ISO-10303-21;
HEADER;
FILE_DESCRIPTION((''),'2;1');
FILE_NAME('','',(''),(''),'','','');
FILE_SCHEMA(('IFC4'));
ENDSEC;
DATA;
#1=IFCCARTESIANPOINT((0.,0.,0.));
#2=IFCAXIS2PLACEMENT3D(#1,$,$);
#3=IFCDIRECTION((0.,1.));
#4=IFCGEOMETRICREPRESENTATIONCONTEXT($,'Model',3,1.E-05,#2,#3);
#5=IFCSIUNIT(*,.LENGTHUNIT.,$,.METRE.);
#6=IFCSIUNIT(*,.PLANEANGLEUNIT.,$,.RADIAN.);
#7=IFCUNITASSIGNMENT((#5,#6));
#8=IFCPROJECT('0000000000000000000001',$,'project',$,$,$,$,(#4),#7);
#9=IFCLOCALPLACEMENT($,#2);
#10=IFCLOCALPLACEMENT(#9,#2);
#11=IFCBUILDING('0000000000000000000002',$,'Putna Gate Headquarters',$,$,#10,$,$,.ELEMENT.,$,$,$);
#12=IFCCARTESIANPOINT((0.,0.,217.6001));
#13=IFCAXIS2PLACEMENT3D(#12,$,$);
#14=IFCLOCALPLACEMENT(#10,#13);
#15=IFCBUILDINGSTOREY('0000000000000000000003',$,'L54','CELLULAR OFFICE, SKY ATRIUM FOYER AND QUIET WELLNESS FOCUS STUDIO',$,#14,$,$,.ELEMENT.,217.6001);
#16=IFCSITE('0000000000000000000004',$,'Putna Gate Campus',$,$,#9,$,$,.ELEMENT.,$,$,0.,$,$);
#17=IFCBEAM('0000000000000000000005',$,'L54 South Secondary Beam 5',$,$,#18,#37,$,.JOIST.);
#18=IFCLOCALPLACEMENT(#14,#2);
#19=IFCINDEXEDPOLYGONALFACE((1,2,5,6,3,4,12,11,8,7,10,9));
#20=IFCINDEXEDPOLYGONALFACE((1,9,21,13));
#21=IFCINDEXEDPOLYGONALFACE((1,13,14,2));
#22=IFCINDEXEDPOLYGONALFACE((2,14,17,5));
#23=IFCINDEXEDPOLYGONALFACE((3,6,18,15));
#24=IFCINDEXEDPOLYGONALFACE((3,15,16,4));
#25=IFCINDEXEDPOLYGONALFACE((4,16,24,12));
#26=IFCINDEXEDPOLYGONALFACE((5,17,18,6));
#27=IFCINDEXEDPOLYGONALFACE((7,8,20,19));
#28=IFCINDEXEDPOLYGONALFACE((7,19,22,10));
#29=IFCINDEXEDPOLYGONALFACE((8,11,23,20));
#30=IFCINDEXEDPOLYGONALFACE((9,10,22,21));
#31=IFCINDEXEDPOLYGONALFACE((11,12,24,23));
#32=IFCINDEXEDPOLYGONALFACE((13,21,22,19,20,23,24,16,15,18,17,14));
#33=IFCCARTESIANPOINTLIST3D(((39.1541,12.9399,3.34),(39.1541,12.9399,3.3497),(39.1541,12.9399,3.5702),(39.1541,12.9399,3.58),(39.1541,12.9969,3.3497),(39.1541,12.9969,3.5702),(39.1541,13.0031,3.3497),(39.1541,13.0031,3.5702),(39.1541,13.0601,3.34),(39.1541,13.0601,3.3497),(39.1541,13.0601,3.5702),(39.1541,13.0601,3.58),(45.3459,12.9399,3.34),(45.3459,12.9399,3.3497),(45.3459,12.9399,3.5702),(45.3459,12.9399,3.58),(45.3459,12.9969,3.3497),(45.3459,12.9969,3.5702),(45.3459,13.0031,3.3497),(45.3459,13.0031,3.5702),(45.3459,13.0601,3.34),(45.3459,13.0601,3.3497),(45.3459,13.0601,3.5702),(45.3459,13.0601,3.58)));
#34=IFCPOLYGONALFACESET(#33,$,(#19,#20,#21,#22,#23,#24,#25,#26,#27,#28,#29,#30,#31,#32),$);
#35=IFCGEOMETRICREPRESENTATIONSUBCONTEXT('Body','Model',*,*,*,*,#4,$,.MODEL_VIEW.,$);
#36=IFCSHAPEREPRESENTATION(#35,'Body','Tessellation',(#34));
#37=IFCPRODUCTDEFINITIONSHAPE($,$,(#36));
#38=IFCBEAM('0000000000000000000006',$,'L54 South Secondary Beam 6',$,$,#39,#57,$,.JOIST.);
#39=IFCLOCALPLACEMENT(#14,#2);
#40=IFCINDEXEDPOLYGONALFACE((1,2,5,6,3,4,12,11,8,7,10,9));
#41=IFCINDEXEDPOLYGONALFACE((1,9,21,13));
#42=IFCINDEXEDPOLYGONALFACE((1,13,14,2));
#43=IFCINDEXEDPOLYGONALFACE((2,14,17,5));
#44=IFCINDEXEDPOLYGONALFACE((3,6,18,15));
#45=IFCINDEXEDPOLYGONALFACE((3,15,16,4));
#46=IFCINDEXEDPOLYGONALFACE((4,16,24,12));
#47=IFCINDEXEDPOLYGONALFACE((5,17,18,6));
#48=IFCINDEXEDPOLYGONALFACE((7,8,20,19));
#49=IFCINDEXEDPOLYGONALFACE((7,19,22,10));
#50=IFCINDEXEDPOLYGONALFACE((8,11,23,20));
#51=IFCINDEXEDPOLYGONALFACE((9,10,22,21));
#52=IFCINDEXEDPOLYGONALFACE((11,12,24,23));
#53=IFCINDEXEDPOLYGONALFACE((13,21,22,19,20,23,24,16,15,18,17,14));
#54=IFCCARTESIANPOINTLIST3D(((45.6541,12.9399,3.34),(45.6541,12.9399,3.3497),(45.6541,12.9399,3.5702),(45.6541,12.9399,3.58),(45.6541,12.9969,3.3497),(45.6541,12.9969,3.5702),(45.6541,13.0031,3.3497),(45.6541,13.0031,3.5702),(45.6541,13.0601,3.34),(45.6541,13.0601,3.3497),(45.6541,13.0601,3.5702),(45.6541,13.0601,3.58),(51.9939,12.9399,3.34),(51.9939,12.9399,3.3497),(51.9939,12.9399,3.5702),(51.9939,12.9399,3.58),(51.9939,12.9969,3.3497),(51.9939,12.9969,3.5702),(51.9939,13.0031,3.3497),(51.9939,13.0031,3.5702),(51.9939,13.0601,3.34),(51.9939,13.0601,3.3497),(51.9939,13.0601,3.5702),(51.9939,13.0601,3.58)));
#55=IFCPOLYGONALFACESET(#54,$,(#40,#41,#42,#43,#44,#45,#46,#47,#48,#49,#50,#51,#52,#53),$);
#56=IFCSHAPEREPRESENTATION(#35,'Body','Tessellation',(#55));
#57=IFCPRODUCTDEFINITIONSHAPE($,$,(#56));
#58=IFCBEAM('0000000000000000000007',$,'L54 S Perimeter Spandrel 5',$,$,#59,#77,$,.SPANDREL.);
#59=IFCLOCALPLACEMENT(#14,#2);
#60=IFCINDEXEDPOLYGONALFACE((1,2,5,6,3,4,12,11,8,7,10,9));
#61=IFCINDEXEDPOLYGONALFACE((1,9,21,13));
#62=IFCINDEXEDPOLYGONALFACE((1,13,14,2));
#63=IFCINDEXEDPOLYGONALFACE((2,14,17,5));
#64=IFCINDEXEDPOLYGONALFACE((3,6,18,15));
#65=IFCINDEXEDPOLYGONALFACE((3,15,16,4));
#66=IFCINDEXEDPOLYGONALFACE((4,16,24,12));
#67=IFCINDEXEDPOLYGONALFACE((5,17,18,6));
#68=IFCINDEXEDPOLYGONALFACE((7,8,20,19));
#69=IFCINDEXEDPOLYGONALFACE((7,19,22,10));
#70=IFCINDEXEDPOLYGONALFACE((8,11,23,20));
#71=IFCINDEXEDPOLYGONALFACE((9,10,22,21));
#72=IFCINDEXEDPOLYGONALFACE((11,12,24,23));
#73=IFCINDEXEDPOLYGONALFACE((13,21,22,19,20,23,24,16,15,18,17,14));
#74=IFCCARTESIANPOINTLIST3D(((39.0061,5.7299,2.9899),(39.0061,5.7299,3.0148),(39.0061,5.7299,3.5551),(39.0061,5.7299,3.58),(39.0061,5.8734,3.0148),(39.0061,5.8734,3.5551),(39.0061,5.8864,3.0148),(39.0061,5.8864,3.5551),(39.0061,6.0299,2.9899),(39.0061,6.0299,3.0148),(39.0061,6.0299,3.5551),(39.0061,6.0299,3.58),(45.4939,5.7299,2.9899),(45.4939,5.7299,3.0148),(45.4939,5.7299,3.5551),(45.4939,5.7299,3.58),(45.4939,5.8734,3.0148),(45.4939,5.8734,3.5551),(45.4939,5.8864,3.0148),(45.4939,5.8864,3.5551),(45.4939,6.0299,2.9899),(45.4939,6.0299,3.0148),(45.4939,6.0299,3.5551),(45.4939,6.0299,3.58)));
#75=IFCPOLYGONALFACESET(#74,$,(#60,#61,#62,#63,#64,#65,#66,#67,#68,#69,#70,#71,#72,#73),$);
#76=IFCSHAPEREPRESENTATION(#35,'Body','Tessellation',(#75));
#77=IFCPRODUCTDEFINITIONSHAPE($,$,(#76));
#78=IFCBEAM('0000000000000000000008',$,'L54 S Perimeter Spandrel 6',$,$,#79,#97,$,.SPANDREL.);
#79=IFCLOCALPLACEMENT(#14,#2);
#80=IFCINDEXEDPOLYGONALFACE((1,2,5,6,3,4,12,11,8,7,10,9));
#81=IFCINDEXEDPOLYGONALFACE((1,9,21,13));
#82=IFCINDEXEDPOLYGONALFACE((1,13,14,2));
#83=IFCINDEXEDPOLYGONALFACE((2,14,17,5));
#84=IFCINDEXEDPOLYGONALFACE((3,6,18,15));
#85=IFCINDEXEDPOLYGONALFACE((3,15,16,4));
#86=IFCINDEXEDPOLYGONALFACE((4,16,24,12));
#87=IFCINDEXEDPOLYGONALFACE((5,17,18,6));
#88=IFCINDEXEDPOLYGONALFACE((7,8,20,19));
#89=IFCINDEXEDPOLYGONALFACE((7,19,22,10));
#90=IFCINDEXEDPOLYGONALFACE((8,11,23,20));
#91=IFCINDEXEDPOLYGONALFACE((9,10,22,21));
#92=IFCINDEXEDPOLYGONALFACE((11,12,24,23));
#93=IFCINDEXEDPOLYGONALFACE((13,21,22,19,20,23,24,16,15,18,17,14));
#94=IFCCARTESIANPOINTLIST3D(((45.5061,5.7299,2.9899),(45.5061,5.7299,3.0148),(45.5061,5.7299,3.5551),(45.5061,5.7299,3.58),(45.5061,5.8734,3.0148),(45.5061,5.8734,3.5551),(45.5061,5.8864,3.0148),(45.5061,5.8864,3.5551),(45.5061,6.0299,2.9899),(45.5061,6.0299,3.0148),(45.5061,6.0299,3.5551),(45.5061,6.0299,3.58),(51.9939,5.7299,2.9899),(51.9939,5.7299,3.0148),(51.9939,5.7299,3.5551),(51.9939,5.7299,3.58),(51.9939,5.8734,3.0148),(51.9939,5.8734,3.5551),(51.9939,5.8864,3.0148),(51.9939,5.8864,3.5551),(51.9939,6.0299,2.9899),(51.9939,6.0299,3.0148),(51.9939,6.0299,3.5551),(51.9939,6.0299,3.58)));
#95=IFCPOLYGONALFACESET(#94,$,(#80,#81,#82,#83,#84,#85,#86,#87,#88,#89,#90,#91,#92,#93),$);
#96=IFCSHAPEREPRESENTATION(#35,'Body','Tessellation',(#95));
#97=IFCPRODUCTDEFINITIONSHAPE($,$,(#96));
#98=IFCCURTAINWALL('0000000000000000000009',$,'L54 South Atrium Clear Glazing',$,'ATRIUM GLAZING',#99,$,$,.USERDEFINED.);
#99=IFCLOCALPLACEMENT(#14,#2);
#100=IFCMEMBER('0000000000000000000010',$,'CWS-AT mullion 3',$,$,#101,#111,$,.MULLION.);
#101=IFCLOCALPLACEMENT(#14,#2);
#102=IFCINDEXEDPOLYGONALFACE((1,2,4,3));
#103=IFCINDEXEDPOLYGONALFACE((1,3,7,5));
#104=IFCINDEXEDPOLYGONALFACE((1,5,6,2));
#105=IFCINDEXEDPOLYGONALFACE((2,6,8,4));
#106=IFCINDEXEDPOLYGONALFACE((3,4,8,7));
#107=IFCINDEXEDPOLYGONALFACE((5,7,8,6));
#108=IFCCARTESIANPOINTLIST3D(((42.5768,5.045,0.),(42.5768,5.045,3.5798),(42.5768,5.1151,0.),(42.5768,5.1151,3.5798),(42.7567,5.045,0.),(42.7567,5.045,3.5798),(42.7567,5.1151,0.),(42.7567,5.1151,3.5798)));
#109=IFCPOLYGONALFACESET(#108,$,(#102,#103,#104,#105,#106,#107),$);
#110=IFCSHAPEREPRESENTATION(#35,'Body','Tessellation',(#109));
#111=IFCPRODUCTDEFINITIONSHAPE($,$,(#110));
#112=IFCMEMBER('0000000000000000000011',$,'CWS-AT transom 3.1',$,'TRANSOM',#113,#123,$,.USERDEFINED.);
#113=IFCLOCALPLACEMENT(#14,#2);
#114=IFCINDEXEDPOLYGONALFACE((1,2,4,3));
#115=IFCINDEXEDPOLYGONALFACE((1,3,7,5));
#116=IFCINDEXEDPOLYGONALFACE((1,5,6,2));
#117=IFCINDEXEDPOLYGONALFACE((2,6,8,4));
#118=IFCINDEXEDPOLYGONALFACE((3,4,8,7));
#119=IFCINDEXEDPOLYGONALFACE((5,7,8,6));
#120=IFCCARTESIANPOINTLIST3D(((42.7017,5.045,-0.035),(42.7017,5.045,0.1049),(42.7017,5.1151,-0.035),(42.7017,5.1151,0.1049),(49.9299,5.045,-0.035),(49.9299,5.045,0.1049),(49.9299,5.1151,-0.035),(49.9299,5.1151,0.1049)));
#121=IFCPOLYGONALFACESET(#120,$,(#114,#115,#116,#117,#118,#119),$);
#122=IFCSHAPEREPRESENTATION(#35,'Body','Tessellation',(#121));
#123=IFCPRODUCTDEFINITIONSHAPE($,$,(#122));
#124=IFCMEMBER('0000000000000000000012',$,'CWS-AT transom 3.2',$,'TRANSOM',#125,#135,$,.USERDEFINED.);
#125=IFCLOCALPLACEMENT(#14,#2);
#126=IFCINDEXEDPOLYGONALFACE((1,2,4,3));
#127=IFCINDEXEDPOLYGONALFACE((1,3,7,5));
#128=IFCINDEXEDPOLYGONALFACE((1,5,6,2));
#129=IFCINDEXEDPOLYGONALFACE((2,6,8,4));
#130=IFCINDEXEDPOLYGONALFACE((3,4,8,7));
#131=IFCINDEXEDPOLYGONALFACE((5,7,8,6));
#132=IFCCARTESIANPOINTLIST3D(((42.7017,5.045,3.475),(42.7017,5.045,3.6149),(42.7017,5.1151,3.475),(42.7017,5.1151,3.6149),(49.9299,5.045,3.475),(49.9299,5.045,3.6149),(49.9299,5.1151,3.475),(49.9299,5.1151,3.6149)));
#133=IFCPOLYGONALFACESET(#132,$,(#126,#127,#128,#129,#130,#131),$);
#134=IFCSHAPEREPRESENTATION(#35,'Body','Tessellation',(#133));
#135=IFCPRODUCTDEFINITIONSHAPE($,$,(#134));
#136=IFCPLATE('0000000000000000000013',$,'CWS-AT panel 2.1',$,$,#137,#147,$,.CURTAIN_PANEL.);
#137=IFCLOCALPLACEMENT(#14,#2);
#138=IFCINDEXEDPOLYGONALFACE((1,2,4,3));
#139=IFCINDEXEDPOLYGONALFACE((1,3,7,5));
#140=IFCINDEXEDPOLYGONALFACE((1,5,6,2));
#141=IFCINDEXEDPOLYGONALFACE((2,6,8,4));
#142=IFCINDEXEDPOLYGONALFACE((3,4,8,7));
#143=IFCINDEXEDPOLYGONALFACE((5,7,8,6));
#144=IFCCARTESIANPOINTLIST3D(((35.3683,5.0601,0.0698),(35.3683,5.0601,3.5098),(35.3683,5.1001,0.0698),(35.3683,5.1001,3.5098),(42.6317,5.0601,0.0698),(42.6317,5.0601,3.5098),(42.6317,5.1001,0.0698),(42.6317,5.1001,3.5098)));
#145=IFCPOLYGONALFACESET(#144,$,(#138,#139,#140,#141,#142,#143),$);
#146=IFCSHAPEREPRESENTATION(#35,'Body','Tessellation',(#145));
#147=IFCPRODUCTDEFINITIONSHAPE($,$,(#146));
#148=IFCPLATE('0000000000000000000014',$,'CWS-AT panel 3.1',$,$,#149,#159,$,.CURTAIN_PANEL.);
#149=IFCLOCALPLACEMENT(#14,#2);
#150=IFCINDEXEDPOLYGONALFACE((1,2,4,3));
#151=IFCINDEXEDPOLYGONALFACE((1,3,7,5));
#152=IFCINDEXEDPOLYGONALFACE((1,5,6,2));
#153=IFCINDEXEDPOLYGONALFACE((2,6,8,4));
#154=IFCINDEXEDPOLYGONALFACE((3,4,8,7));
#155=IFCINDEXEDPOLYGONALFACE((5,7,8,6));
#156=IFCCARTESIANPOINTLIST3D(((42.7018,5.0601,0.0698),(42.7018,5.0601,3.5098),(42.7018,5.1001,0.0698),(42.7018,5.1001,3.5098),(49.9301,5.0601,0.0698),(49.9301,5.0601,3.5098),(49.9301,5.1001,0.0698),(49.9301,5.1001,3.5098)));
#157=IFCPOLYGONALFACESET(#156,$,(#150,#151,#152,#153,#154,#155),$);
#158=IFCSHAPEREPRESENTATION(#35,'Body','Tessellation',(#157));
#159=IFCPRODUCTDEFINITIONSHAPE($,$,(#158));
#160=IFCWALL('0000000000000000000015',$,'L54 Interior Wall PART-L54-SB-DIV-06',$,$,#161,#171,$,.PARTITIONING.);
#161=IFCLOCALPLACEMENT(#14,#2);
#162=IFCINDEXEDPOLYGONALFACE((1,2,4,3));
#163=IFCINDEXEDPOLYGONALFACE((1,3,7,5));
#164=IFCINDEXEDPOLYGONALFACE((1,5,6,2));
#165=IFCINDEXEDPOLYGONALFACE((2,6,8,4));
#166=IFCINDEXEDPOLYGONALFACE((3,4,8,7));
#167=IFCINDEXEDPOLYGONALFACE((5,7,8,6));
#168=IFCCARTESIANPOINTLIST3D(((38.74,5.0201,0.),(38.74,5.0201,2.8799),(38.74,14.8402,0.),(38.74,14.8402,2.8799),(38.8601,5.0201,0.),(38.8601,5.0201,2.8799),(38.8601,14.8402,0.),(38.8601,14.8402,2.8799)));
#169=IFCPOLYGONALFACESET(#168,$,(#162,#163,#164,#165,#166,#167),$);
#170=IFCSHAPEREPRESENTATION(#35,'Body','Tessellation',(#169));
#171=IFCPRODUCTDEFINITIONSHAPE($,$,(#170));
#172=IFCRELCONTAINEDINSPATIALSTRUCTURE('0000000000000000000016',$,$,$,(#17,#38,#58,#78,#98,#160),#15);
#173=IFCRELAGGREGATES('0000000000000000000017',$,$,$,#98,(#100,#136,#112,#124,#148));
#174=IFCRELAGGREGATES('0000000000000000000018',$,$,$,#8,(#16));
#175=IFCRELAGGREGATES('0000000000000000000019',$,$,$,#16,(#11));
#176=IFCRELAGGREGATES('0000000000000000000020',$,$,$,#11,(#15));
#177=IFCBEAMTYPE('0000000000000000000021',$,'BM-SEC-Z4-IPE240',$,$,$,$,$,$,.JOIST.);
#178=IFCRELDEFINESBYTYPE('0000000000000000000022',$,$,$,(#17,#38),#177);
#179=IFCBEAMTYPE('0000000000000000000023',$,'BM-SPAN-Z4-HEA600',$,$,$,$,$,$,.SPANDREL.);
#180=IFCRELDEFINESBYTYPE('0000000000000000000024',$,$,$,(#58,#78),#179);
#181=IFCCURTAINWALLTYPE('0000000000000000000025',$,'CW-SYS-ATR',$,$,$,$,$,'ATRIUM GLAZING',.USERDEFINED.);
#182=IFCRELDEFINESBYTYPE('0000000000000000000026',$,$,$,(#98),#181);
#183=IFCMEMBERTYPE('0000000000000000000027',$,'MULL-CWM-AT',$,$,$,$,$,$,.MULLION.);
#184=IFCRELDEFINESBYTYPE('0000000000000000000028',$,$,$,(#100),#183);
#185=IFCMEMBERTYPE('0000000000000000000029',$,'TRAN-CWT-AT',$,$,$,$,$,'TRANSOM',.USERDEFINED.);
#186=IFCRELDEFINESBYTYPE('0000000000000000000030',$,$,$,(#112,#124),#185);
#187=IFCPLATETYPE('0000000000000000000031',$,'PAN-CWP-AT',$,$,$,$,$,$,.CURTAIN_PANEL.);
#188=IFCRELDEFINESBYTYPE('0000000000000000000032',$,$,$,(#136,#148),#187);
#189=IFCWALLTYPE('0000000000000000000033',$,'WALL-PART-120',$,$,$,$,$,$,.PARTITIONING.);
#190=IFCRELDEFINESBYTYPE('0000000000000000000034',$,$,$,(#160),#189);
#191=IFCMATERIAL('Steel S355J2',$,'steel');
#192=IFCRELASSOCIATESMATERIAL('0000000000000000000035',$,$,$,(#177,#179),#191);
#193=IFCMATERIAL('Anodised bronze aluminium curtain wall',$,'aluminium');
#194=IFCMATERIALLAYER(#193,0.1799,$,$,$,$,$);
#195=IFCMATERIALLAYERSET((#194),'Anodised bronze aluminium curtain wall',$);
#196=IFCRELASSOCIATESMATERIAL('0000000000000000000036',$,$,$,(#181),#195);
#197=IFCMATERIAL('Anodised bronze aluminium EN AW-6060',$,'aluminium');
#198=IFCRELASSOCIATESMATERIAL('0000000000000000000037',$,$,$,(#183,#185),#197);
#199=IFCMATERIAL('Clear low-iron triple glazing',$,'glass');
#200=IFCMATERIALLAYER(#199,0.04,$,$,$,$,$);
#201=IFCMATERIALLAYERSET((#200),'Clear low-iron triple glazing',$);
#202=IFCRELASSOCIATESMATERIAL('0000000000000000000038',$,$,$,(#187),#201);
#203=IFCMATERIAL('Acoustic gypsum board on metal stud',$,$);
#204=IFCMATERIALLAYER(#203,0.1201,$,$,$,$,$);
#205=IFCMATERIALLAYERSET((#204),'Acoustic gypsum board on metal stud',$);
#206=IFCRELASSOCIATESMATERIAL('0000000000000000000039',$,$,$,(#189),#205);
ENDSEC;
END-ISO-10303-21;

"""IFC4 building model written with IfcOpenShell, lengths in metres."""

from ifc_helpers import new_model, si_unit, direction, frame, frame_2d, origin, origin_2d, place, context, subcontext, project, spatial, rectangle, i_section, extrude, material, layer, layer_set, material_profile, profile_set, type_object, element, aggregate, save


model = new_model("IFC4")

# Units and contexts
model_context = context("Model", 3, precision=1e-05, world=origin(), true_north=direction((0.0, 1.0)))
body_context = subcontext(model_context, "Body", "Model", "MODEL_VIEW")
ifc_project = project(units=[si_unit("LENGTHUNIT", "METRE"), si_unit("PLANEANGLEUNIT", "RADIAN")], contexts=[model_context])

# Site, building, storey
site_placement = place(None, origin())
site = spatial("IfcSite", under=ifc_project, at=site_placement, Name="Putna Gate Campus", CompositionType="ELEMENT", RefElevation=0.0)
building_placement = place(site_placement, origin())
building = spatial("IfcBuilding", under=site, at=building_placement, Name="Putna Gate Headquarters", CompositionType="ELEMENT")
storey_placement = place(building_placement, frame((0.0, 0.0, 217.6001)))
storey = spatial("IfcBuildingStorey", under=building, at=storey_placement, Name="L54", Description="CELLULAR OFFICE, SKY ATRIUM FOYER AND QUIET WELLNESS FOCUS STUDIO", CompositionType="ELEMENT", Elevation=217.6001)

# Beams
ifc_material_1 = material(Name="Steel S355J2", Category="steel")
ifc_material_profile_1 = material_profile(ifc_material_1, i_section(OverallWidth=0.1201, OverallDepth=0.24, WebThickness=0.0061, FlangeThickness=0.0098, at=origin_2d()), Name="Steel S355J2")
ifc_profile_set_1 = profile_set([ifc_material_profile_1], Name="Steel S355J2")
beam_type_1 = type_object("IfcBeamType", Name="BM-SEC-Z4-IPE240", PredefinedType="JOIST", material=ifc_profile_set_1)
beam_1_placement = place(storey_placement, frame((39.1541, 13.0, 3.46), z_axis=(1.0, 0.0, 0.0), x_axis=(0.0, 1.0, 0.0)))
element("IfcBeam", 1, at=beam_1_placement, inside=storey, type_object=beam_type_1, Name="L54 South Secondary Beam 5", PredefinedType="JOIST", context=body_context, shape_type="SweptSolid", body=[
    extrude(i_section(OverallWidth=0.1201, OverallDepth=0.24, WebThickness=0.0061, FlangeThickness=0.0098, at=origin_2d()), origin(), (0.0, 0.0, 1.0), 6.1919),
])
beam_2_placement = place(storey_placement, frame((45.6541, 13.0, 3.46), z_axis=(1.0, 0.0, 0.0), x_axis=(0.0, 1.0, 0.0)))
element("IfcBeam", 2, at=beam_2_placement, inside=storey, type_object=beam_type_1, Name="L54 South Secondary Beam 6", PredefinedType="JOIST", context=body_context, shape_type="SweptSolid", body=[
    extrude(i_section(OverallWidth=0.1201, OverallDepth=0.24, WebThickness=0.0061, FlangeThickness=0.0098, at=origin_2d()), origin(), (0.0, 0.0, 1.0), 6.3398),
])
ifc_material_profile_2 = material_profile(ifc_material_1, i_section(OverallWidth=0.3, OverallDepth=0.5901, WebThickness=0.0129, FlangeThickness=0.0249, at=origin_2d()), Name="Steel S355J2")
ifc_profile_set_2 = profile_set([ifc_material_profile_2], Name="Steel S355J2")
beam_type_2 = type_object("IfcBeamType", Name="BM-SPAN-Z4-HEA600", PredefinedType="SPANDREL", material=ifc_profile_set_2)
for number, where, z_axis, x_axis, name in (
    (3, (39.0061, 5.8799, 3.2849), (1.0, 0.0, 0.0), (0.0, 1.0, 0.0), "L54 S Perimeter Spandrel 5"),
    (4, (45.5061, 5.8799, 3.2849), (1.0, 0.0, 0.0), (0.0, 1.0, 0.0), "L54 S Perimeter Spandrel 6"),
):
    element("IfcBeam", number, at=place(storey_placement, frame(where, z_axis=z_axis, x_axis=x_axis)), inside=storey, type_object=beam_type_2, Name=name, PredefinedType="SPANDREL", context=body_context, shape_type="SweptSolid", body=[
        extrude(i_section(OverallWidth=0.3, OverallDepth=0.5901, WebThickness=0.0129, FlangeThickness=0.0249, at=origin_2d()), origin(), (0.0, 0.0, 1.0), 6.4878),
    ])

# Curtain wall, members, plates
ifc_material_2 = material(Name="Anodised bronze aluminium curtain wall", Category="aluminium")
ifc_layer_1 = layer(ifc_material_2, 0.1799)
ifc_layer_set_1 = layer_set([ifc_layer_1], Name="Anodised bronze aluminium curtain wall")
curtain_wall_type = type_object("IfcCurtainWallType", Name="CW-SYS-ATR", ElementType="ATRIUM GLAZING", PredefinedType="USERDEFINED", material=ifc_layer_set_1)
curtain_wall_placement = place(storey_placement, origin())
curtain_wall = element("IfcCurtainWall", 5, at=curtain_wall_placement, inside=storey, type_object=curtain_wall_type, Name="L54 South Atrium Clear Glazing", ObjectType="ATRIUM GLAZING", PredefinedType="USERDEFINED")
ifc_material_3 = material(Name="Anodised bronze aluminium EN AW-6060", Category="aluminium")
ifc_material_profile_3 = material_profile(ifc_material_3, rectangle(XDim=0.0701, YDim=0.1799, at=origin_2d()), Name="Anodised bronze aluminium EN AW-6060")
ifc_profile_set_3 = profile_set([ifc_material_profile_3], Name="Anodised bronze aluminium EN AW-6060")
member_type_1 = type_object("IfcMemberType", Name="MULL-CWM-AT", PredefinedType="MULLION", material=ifc_profile_set_3)
member_1_placement = place(storey_placement, frame((42.6667, 5.0801, 0.0), z_axis=(0.0, 0.0, 1.0), x_axis=(0.0, 1.0, 0.0)))
member_1 = element("IfcMember", 6, at=member_1_placement, type_object=member_type_1, Name="CWS-AT mullion 3", PredefinedType="MULLION", context=body_context, shape_type="SweptSolid", body=[
    extrude(rectangle(XDim=0.0701, YDim=0.1799, at=origin_2d()), origin(), (0.0, 0.0, 1.0), 3.5798),
])
ifc_material_profile_4 = material_profile(ifc_material_3, rectangle(XDim=0.0701, YDim=0.1399, at=origin_2d()), Name="Anodised bronze aluminium EN AW-6060")
ifc_profile_set_4 = profile_set([ifc_material_profile_4], Name="Anodised bronze aluminium EN AW-6060")
member_type_2 = type_object("IfcMemberType", Name="TRAN-CWT-AT", ElementType="TRANSOM", PredefinedType="USERDEFINED", material=ifc_profile_set_4)
member_2_placement = place(storey_placement, frame((42.7017, 5.0801, 0.0349), z_axis=(1.0, 0.0, 0.0), x_axis=(0.0, 1.0, 0.0)))
member_2 = element("IfcMember", 7, at=member_2_placement, type_object=member_type_2, Name="CWS-AT transom 3.1", ObjectType="TRANSOM", PredefinedType="USERDEFINED", context=body_context, shape_type="SweptSolid", body=[
    extrude(rectangle(XDim=0.0701, YDim=0.1399, at=origin_2d()), origin(), (0.0, 0.0, 1.0), 7.2283),
])
member_3_placement = place(storey_placement, frame((42.7017, 5.0801, 3.5449), z_axis=(1.0, 0.0, 0.0), x_axis=(0.0, 1.0, 0.0)))
member_3 = element("IfcMember", 8, at=member_3_placement, type_object=member_type_2, Name="CWS-AT transom 3.2", ObjectType="TRANSOM", PredefinedType="USERDEFINED", context=body_context, shape_type="SweptSolid", body=[
    extrude(rectangle(XDim=0.0701, YDim=0.1399, at=origin_2d()), origin(), (0.0, 0.0, 1.0), 7.2283),
])
ifc_material_4 = material(Name="Clear low-iron triple glazing", Category="glass")
ifc_layer_2 = layer(ifc_material_4, 0.04)
ifc_layer_set_2 = layer_set([ifc_layer_2], Name="Clear low-iron triple glazing")
plate_type = type_object("IfcPlateType", Name="PAN-CWP-AT", PredefinedType="CURTAIN_PANEL", material=ifc_layer_set_2)
plate_1_placement = place(storey_placement, frame((39.0, 5.0801, 0.0698), z_axis=(0.0, 0.0, 1.0), x_axis=(1.0, 0.0, 0.0)))
plate_1 = element("IfcPlate", 9, at=plate_1_placement, type_object=plate_type, Name="CWS-AT panel 2.1", PredefinedType="CURTAIN_PANEL", context=body_context, shape_type="SweptSolid", body=[
    extrude(rectangle(XDim=7.2634, YDim=0.04, at=origin_2d()), origin(), (0.0, 0.0, 1.0), 3.4399),
])
plate_2_placement = place(storey_placement, frame((46.3159, 5.0801, 0.0698), z_axis=(0.0, 0.0, 1.0), x_axis=(1.0, 0.0, 0.0)))
plate_2 = element("IfcPlate", 10, at=plate_2_placement, type_object=plate_type, Name="CWS-AT panel 3.1", PredefinedType="CURTAIN_PANEL", context=body_context, shape_type="SweptSolid", body=[
    extrude(rectangle(XDim=7.2283, YDim=0.04, at=origin_2d()), origin(), (0.0, 0.0, 1.0), 3.4399),
])
aggregate(curtain_wall, [member_1, plate_1, member_2, member_3, plate_2])

# Wall
ifc_material_5 = material(Name="Acoustic gypsum board on metal stud")
ifc_layer_3 = layer(ifc_material_5, 0.1201)
ifc_layer_set_3 = layer_set([ifc_layer_3], Name="Acoustic gypsum board on metal stud")
wall_type_1 = type_object("IfcWallType", Name="WALL-PART-120", PredefinedType="PARTITIONING", material=ifc_layer_set_3)
wall_1_placement = place(storey_placement, frame((38.8, 5.02, 0.0), z_axis=(0.0, 0.0, 1.0), x_axis=(0.0, 1.0, 0.0)))
element("IfcWall", 11, at=wall_1_placement, inside=storey, type_object=wall_type_1, Name="L54 Interior Wall PART-L54-SB-DIV-06", PredefinedType="PARTITIONING", context=body_context, shape_type="SweptSolid", body=[
    extrude(rectangle(XDim=9.8201, YDim=0.1201, at=frame_2d((4.9102, 0.0))), origin(), (0.0, 0.0, 1.0), 2.8799),
])

save(model, "model.ifc")
